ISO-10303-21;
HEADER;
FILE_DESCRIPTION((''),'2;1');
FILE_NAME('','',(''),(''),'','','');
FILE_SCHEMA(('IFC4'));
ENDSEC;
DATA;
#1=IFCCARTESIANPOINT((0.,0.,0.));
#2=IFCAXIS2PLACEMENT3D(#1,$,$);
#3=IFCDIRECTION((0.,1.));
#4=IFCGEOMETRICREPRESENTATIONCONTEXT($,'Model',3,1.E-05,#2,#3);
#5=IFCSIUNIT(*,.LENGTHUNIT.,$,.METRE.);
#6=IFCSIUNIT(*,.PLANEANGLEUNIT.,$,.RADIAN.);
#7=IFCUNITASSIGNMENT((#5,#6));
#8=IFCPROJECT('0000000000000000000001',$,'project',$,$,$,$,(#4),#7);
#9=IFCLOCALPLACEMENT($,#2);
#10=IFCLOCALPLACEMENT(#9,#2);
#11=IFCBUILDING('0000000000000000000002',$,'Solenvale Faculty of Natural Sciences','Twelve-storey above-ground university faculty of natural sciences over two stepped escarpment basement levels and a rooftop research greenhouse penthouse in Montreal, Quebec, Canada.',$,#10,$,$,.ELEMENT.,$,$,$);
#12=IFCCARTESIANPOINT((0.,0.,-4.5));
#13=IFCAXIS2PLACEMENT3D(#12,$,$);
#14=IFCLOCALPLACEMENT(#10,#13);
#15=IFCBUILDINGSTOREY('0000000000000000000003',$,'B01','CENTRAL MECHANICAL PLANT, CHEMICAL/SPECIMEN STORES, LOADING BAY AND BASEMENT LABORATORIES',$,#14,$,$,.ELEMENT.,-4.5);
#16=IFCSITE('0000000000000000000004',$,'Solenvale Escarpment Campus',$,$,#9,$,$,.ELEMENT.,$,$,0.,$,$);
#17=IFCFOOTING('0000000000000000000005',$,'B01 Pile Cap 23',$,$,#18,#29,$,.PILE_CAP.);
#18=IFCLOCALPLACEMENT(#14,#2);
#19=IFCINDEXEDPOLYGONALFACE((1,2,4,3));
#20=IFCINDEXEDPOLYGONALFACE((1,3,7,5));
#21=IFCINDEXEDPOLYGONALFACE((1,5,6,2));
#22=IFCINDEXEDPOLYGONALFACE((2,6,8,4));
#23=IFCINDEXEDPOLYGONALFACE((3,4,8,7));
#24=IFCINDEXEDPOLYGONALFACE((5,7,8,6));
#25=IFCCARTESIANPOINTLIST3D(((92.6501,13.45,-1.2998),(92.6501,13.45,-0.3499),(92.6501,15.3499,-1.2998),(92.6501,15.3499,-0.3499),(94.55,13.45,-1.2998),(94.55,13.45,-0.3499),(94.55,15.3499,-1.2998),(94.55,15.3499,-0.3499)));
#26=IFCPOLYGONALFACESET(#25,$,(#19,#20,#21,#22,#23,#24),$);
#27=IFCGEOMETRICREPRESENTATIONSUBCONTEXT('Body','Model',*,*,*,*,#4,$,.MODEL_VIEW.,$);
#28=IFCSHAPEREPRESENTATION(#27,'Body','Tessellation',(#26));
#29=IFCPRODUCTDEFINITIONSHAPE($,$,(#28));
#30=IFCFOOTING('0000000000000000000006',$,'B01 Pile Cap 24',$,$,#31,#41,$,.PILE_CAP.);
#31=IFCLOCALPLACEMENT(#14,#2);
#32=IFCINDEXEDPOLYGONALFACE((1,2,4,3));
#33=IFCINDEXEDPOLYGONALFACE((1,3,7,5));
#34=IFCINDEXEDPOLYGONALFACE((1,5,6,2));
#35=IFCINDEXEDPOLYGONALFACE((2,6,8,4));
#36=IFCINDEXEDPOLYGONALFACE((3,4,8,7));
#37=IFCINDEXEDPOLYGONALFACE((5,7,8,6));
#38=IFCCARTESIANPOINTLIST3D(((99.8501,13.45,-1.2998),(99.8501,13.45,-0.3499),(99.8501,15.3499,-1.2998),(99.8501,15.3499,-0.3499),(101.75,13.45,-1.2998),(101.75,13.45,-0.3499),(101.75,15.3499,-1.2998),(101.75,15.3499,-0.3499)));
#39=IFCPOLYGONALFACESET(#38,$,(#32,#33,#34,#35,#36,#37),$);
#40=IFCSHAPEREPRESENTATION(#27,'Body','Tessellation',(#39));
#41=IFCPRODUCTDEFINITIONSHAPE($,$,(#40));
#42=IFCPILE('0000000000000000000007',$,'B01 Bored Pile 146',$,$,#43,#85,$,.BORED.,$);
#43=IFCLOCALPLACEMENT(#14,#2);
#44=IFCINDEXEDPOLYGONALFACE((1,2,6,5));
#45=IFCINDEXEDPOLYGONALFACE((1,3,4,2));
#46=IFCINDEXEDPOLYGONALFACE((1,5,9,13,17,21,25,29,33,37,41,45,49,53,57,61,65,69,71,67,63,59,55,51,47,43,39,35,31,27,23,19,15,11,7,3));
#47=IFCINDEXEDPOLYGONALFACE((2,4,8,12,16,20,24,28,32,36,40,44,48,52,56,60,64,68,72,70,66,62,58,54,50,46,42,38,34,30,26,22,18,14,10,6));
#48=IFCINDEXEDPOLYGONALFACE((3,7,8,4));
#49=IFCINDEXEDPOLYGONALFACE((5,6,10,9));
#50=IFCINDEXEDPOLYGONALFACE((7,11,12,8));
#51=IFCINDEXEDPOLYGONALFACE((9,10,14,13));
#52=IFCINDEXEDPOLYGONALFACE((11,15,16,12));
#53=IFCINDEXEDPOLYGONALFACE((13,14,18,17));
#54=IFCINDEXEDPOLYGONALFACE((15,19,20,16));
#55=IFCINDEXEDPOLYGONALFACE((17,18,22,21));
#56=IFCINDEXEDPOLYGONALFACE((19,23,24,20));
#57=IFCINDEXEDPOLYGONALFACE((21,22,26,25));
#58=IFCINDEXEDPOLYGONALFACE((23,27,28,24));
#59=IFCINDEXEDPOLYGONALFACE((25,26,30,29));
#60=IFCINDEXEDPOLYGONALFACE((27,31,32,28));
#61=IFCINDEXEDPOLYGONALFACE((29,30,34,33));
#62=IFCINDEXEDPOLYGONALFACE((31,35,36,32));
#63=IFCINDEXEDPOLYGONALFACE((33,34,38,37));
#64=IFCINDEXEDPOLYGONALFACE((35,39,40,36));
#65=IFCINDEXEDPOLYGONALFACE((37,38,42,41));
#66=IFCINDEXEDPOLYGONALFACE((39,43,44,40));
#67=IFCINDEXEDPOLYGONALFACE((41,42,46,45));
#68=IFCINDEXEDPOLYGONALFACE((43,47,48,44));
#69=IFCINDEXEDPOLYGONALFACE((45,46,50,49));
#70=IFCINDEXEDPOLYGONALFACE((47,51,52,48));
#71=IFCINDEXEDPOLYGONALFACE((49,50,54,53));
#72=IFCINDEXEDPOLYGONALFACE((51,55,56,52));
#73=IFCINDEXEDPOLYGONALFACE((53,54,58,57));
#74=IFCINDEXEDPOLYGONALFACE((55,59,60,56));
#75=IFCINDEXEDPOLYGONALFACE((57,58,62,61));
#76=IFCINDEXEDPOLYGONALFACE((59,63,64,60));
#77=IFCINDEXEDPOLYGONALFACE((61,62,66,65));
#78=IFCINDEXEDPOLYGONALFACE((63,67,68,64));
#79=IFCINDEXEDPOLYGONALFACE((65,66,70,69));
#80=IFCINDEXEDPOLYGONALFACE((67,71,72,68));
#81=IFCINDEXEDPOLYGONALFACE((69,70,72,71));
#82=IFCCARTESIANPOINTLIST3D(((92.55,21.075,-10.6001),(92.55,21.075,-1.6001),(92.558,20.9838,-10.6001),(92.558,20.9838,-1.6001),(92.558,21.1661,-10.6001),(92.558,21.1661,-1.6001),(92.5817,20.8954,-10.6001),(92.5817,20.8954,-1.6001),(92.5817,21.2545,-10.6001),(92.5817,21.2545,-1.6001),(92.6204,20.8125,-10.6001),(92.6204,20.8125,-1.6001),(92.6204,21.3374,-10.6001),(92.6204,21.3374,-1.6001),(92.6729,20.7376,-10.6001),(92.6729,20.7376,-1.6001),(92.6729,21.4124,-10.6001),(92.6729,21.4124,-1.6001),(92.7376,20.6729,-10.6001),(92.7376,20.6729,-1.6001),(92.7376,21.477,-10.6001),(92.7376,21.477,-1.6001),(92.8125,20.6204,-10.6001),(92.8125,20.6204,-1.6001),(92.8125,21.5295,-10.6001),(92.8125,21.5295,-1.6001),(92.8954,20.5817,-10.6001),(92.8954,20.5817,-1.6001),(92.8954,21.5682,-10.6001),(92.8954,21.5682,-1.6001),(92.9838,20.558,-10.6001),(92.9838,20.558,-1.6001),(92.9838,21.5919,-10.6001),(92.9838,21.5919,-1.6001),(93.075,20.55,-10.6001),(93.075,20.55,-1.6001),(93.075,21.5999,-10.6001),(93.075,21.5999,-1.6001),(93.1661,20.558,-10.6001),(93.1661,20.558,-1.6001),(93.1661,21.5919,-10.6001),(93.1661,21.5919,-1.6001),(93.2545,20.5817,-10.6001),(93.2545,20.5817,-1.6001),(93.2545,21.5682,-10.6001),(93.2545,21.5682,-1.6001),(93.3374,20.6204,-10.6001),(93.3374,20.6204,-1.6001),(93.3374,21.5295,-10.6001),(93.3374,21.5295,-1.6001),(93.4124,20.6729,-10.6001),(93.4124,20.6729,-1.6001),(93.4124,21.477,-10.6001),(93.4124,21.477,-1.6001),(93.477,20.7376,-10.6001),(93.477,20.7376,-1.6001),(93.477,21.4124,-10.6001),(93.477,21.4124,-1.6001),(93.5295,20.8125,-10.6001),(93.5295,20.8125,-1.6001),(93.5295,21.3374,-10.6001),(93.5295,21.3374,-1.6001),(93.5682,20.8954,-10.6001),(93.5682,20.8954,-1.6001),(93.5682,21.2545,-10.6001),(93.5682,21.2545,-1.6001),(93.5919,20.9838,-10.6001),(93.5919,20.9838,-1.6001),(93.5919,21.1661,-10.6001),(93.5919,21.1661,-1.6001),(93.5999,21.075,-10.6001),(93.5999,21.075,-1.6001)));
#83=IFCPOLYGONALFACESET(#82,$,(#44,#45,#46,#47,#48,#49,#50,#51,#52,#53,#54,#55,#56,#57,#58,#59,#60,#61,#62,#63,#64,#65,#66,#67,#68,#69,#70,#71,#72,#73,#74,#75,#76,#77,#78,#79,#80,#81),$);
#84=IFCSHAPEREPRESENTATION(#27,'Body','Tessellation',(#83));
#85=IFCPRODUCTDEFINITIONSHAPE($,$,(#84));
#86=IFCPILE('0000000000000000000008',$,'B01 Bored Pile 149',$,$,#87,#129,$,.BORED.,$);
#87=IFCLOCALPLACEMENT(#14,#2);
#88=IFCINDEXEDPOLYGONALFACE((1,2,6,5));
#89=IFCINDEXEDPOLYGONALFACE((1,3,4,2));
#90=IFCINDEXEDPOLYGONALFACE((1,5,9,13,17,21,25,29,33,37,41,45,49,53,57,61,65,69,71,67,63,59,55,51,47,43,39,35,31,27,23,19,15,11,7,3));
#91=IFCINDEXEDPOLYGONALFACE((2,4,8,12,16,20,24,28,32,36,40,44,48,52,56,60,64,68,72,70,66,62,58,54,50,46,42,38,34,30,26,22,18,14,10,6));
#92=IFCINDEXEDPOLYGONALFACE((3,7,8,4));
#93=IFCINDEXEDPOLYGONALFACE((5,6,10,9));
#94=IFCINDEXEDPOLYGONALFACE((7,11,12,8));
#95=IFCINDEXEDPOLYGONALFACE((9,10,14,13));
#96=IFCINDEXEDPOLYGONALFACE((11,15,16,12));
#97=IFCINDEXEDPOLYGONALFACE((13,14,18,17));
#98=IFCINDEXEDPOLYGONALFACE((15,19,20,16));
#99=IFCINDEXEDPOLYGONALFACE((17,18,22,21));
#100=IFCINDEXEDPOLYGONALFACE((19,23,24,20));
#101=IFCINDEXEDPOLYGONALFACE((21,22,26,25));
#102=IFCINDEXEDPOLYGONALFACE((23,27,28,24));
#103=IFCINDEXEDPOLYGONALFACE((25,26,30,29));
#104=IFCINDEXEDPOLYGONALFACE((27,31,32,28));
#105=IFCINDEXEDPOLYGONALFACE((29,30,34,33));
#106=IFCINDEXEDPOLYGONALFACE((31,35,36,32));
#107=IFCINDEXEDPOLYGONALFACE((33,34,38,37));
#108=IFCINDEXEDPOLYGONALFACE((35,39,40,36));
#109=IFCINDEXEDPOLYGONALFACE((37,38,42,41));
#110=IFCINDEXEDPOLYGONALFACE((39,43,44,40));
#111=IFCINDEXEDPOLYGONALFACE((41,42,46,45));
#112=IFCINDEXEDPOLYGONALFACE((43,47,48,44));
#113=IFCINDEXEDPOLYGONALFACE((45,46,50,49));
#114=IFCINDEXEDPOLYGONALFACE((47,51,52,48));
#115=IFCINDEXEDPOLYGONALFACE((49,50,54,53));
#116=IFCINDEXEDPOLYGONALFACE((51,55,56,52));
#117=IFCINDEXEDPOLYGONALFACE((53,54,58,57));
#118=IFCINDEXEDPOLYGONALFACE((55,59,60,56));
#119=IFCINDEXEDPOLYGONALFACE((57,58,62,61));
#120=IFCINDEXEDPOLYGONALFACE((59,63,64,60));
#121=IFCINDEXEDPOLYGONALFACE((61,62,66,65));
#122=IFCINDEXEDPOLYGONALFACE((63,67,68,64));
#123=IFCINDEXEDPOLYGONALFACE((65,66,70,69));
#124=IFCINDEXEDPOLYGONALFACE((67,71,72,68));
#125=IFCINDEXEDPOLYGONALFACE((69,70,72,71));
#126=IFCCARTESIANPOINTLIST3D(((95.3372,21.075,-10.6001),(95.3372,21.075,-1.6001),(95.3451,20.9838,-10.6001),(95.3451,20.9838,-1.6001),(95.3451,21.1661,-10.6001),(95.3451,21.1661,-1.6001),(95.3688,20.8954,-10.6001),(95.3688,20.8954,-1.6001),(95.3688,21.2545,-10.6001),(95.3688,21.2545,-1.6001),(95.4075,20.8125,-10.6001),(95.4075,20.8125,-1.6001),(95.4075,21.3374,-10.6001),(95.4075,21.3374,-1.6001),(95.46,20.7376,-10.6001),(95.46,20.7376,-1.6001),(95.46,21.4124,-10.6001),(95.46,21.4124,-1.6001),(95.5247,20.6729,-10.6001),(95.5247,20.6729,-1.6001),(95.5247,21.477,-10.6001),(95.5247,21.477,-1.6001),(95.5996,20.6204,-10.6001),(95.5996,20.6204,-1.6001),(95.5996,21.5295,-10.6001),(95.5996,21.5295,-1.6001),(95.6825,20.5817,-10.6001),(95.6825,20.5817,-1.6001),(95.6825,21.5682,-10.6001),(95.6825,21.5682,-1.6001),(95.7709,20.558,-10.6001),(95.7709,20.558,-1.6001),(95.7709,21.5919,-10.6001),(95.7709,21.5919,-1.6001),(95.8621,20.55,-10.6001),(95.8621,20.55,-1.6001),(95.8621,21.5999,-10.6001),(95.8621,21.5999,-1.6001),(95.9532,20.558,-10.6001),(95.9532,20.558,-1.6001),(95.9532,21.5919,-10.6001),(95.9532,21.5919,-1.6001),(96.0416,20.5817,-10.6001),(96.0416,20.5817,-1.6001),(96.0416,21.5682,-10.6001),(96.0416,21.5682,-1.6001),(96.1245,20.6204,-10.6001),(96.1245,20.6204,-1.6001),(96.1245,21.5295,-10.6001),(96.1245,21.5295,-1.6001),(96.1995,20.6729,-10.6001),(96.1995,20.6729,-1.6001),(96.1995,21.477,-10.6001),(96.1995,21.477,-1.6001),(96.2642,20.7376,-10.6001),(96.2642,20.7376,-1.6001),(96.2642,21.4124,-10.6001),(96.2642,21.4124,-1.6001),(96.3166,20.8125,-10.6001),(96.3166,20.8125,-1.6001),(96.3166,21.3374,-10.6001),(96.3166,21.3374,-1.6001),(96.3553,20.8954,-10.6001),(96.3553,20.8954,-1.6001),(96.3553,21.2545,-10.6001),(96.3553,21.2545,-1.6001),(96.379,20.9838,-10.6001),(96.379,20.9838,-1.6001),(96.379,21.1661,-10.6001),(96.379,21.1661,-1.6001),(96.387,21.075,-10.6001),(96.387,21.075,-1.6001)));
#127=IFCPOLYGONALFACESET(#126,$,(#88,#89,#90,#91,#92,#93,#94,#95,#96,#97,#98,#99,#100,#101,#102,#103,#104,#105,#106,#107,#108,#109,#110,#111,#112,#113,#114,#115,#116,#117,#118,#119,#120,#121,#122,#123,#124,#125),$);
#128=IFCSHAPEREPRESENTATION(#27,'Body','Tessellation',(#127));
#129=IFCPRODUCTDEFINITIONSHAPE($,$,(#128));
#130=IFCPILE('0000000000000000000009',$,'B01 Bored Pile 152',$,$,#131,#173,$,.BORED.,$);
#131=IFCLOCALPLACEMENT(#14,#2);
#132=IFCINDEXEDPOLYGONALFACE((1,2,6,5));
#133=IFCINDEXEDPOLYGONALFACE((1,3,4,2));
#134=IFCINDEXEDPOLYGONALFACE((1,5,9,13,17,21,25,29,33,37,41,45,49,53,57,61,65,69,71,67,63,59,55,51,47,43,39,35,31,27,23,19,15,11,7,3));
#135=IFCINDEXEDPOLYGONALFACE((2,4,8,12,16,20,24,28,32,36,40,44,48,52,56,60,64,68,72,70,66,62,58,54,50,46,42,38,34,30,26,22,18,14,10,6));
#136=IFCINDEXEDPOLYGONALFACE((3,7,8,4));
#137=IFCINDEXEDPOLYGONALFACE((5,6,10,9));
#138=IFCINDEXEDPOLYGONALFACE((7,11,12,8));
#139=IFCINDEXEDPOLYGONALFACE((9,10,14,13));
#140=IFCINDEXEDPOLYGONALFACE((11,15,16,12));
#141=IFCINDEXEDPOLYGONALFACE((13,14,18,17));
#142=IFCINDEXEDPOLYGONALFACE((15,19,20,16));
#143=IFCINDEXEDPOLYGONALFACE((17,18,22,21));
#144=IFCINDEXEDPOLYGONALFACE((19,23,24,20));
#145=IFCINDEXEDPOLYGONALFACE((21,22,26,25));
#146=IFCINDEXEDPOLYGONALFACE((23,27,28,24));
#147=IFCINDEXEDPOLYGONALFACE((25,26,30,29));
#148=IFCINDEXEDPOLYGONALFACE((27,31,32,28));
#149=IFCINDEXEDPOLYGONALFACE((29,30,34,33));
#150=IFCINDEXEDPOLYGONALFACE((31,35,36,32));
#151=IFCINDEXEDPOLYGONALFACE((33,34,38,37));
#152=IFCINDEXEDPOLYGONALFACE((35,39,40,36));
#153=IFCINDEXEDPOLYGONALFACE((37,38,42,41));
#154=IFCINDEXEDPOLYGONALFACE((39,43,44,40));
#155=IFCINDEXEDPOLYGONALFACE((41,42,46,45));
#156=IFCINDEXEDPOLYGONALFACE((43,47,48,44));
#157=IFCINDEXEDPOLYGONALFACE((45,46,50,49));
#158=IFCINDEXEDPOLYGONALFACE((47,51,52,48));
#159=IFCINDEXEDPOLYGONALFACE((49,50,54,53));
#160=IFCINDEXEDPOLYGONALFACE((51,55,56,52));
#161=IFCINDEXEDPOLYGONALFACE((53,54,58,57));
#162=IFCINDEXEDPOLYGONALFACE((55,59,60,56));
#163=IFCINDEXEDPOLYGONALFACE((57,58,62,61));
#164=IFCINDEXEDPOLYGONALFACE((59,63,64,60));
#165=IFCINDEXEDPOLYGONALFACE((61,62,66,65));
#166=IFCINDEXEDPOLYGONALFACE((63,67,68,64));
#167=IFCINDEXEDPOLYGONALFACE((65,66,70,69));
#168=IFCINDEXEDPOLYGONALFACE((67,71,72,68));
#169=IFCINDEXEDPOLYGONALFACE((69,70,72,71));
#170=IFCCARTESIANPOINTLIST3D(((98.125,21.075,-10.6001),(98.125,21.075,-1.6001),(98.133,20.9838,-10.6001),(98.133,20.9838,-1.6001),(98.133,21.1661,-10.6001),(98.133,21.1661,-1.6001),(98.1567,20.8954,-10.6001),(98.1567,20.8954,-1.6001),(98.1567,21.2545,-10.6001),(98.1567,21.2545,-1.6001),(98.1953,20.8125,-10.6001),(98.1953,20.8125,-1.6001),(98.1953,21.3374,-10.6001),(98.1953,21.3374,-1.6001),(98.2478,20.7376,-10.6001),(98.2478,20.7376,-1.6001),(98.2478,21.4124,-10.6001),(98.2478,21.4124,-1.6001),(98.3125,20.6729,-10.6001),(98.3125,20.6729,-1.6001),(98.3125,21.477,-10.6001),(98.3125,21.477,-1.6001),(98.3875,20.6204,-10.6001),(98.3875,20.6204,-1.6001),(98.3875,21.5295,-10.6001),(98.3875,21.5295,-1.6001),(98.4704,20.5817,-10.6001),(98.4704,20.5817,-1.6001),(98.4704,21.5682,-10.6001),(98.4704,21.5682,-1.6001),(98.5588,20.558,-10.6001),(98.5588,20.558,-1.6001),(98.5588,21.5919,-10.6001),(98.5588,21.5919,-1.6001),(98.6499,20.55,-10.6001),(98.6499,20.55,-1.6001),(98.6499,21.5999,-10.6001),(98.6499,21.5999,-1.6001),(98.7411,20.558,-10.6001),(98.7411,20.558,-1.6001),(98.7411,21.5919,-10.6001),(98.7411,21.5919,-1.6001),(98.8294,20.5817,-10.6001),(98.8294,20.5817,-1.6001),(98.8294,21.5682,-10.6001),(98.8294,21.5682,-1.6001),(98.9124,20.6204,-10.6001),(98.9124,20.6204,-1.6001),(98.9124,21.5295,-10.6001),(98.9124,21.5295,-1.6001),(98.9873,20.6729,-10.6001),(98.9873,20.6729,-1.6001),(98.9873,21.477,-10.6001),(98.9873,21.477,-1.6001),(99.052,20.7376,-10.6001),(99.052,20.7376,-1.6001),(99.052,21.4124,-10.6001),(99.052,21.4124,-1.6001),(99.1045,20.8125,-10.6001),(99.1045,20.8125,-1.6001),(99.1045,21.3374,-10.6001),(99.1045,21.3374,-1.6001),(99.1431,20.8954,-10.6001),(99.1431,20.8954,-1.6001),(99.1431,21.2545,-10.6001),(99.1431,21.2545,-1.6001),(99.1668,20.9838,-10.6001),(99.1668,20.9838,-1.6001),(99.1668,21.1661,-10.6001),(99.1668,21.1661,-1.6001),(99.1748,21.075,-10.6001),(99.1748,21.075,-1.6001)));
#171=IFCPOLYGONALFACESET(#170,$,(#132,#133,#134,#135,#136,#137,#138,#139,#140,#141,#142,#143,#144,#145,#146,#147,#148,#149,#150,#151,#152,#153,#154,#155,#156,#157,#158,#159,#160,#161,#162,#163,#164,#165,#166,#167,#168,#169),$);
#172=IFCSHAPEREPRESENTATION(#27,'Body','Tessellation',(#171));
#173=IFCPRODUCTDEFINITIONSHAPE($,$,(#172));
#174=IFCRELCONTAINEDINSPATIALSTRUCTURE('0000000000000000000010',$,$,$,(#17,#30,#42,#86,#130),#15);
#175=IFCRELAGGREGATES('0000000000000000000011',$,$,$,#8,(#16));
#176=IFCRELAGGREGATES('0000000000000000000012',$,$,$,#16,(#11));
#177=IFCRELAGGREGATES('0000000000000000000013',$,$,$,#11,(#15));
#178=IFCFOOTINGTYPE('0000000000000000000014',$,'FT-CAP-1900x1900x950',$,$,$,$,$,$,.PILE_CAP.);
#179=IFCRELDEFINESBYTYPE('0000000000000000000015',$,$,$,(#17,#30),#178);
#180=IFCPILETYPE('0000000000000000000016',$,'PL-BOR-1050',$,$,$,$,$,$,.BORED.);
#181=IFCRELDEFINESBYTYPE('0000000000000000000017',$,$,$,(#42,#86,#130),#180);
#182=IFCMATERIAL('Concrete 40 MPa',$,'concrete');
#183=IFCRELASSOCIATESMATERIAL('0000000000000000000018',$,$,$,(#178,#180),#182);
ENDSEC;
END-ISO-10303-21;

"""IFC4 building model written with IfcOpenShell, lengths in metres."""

from ifc_helpers import new_model, si_unit, direction, frame, origin, origin_2d, place, context, subcontext, project, spatial, rectangle, circle, extrude, material, material_profile, profile_set, type_object, element, save


model = new_model("IFC4")

# Units and contexts
model_context = context("Model", 3, precision=1e-05, world=origin(), true_north=direction((0.0, 1.0)))
body_context = subcontext(model_context, "Body", "Model", "MODEL_VIEW")
ifc_project = project(units=[si_unit("LENGTHUNIT", "METRE"), si_unit("PLANEANGLEUNIT", "RADIAN")], contexts=[model_context])

# Site, building, storey
site_placement = place(None, origin())
site = spatial("IfcSite", under=ifc_project, at=site_placement, Name="Solenvale Escarpment Campus", CompositionType="ELEMENT", RefElevation=0.0)
building_placement = place(site_placement, origin())
building = spatial("IfcBuilding", under=site, at=building_placement, Name="Solenvale Faculty of Natural Sciences", Description="Twelve-storey above-ground university faculty of natural sciences over two stepped escarpment basement levels and a rooftop research greenhouse penthouse in Montreal, Quebec, Canada.", CompositionType="ELEMENT")
storey_placement = place(building_placement, frame((0.0, 0.0, -4.5)))
storey = spatial("IfcBuildingStorey", under=building, at=storey_placement, Name="B01", Description="CENTRAL MECHANICAL PLANT, CHEMICAL/SPECIMEN STORES, LOADING BAY AND BASEMENT LABORATORIES", CompositionType="ELEMENT", Elevation=-4.5)

# Footings
ifc_material_1 = material(Name="Concrete 40 MPa", Category="concrete")
footing_type = type_object("IfcFootingType", Name="FT-CAP-1900x1900x950", PredefinedType="PILE_CAP", material=ifc_material_1)
for number, where, z_axis, x_axis, name in (
    (1, (93.6001, 14.3999, -1.2998), (0.0, 0.0, 1.0), (1.0, 0.0, 0.0), "B01 Pile Cap 23"),
    (2, (100.8, 14.3999, -1.2998), (0.0, 0.0, 1.0), (1.0, 0.0, 0.0), "B01 Pile Cap 24"),
):
    element("IfcFooting", number, at=place(storey_placement, frame(where, z_axis=z_axis, x_axis=x_axis)), inside=storey, type_object=footing_type, Name=name, PredefinedType="PILE_CAP", context=body_context, shape_type="SweptSolid", body=[
        extrude(rectangle(XDim=1.8999, YDim=1.8999, at=origin_2d()), origin(), (0.0, 0.0, 1.0), 0.95),
    ])

# Piles
ifc_material_profile_1 = material_profile(ifc_material_1, circle(Radius=0.5249, at=origin_2d()), Name="PILE-D1050")
ifc_profile_set_1 = profile_set([ifc_material_profile_1], Name="Concrete 40 MPa")
pile_type_1 = type_object("IfcPileType", Name="PL-BOR-1050", PredefinedType="BORED", material=ifc_profile_set_1)
for number, where, z_axis, x_axis, name in (
    (3, (93.075, 21.075, -1.6001), (0.0, 0.0, -1.0), (1.0, 0.0, 0.0), "B01 Bored Pile 146"),
    (4, (95.8621, 21.075, -1.6001), (0.0, 0.0, -1.0), (1.0, 0.0, 0.0), "B01 Bored Pile 149"),
    (5, (98.6499, 21.075, -1.6001), (0.0, 0.0, -1.0), (1.0, 0.0, 0.0), "B01 Bored Pile 152"),
):
    element("IfcPile", number, at=place(storey_placement, frame(where, z_axis=z_axis, x_axis=x_axis)), inside=storey, type_object=pile_type_1, Name=name, PredefinedType="BORED", context=body_context, shape_type="SweptSolid", body=[
        extrude(circle(Radius=0.5249, at=origin_2d()), origin(), (0.0, 0.0, 1.0), 9.0),
    ])

save(model, "model.ifc")
